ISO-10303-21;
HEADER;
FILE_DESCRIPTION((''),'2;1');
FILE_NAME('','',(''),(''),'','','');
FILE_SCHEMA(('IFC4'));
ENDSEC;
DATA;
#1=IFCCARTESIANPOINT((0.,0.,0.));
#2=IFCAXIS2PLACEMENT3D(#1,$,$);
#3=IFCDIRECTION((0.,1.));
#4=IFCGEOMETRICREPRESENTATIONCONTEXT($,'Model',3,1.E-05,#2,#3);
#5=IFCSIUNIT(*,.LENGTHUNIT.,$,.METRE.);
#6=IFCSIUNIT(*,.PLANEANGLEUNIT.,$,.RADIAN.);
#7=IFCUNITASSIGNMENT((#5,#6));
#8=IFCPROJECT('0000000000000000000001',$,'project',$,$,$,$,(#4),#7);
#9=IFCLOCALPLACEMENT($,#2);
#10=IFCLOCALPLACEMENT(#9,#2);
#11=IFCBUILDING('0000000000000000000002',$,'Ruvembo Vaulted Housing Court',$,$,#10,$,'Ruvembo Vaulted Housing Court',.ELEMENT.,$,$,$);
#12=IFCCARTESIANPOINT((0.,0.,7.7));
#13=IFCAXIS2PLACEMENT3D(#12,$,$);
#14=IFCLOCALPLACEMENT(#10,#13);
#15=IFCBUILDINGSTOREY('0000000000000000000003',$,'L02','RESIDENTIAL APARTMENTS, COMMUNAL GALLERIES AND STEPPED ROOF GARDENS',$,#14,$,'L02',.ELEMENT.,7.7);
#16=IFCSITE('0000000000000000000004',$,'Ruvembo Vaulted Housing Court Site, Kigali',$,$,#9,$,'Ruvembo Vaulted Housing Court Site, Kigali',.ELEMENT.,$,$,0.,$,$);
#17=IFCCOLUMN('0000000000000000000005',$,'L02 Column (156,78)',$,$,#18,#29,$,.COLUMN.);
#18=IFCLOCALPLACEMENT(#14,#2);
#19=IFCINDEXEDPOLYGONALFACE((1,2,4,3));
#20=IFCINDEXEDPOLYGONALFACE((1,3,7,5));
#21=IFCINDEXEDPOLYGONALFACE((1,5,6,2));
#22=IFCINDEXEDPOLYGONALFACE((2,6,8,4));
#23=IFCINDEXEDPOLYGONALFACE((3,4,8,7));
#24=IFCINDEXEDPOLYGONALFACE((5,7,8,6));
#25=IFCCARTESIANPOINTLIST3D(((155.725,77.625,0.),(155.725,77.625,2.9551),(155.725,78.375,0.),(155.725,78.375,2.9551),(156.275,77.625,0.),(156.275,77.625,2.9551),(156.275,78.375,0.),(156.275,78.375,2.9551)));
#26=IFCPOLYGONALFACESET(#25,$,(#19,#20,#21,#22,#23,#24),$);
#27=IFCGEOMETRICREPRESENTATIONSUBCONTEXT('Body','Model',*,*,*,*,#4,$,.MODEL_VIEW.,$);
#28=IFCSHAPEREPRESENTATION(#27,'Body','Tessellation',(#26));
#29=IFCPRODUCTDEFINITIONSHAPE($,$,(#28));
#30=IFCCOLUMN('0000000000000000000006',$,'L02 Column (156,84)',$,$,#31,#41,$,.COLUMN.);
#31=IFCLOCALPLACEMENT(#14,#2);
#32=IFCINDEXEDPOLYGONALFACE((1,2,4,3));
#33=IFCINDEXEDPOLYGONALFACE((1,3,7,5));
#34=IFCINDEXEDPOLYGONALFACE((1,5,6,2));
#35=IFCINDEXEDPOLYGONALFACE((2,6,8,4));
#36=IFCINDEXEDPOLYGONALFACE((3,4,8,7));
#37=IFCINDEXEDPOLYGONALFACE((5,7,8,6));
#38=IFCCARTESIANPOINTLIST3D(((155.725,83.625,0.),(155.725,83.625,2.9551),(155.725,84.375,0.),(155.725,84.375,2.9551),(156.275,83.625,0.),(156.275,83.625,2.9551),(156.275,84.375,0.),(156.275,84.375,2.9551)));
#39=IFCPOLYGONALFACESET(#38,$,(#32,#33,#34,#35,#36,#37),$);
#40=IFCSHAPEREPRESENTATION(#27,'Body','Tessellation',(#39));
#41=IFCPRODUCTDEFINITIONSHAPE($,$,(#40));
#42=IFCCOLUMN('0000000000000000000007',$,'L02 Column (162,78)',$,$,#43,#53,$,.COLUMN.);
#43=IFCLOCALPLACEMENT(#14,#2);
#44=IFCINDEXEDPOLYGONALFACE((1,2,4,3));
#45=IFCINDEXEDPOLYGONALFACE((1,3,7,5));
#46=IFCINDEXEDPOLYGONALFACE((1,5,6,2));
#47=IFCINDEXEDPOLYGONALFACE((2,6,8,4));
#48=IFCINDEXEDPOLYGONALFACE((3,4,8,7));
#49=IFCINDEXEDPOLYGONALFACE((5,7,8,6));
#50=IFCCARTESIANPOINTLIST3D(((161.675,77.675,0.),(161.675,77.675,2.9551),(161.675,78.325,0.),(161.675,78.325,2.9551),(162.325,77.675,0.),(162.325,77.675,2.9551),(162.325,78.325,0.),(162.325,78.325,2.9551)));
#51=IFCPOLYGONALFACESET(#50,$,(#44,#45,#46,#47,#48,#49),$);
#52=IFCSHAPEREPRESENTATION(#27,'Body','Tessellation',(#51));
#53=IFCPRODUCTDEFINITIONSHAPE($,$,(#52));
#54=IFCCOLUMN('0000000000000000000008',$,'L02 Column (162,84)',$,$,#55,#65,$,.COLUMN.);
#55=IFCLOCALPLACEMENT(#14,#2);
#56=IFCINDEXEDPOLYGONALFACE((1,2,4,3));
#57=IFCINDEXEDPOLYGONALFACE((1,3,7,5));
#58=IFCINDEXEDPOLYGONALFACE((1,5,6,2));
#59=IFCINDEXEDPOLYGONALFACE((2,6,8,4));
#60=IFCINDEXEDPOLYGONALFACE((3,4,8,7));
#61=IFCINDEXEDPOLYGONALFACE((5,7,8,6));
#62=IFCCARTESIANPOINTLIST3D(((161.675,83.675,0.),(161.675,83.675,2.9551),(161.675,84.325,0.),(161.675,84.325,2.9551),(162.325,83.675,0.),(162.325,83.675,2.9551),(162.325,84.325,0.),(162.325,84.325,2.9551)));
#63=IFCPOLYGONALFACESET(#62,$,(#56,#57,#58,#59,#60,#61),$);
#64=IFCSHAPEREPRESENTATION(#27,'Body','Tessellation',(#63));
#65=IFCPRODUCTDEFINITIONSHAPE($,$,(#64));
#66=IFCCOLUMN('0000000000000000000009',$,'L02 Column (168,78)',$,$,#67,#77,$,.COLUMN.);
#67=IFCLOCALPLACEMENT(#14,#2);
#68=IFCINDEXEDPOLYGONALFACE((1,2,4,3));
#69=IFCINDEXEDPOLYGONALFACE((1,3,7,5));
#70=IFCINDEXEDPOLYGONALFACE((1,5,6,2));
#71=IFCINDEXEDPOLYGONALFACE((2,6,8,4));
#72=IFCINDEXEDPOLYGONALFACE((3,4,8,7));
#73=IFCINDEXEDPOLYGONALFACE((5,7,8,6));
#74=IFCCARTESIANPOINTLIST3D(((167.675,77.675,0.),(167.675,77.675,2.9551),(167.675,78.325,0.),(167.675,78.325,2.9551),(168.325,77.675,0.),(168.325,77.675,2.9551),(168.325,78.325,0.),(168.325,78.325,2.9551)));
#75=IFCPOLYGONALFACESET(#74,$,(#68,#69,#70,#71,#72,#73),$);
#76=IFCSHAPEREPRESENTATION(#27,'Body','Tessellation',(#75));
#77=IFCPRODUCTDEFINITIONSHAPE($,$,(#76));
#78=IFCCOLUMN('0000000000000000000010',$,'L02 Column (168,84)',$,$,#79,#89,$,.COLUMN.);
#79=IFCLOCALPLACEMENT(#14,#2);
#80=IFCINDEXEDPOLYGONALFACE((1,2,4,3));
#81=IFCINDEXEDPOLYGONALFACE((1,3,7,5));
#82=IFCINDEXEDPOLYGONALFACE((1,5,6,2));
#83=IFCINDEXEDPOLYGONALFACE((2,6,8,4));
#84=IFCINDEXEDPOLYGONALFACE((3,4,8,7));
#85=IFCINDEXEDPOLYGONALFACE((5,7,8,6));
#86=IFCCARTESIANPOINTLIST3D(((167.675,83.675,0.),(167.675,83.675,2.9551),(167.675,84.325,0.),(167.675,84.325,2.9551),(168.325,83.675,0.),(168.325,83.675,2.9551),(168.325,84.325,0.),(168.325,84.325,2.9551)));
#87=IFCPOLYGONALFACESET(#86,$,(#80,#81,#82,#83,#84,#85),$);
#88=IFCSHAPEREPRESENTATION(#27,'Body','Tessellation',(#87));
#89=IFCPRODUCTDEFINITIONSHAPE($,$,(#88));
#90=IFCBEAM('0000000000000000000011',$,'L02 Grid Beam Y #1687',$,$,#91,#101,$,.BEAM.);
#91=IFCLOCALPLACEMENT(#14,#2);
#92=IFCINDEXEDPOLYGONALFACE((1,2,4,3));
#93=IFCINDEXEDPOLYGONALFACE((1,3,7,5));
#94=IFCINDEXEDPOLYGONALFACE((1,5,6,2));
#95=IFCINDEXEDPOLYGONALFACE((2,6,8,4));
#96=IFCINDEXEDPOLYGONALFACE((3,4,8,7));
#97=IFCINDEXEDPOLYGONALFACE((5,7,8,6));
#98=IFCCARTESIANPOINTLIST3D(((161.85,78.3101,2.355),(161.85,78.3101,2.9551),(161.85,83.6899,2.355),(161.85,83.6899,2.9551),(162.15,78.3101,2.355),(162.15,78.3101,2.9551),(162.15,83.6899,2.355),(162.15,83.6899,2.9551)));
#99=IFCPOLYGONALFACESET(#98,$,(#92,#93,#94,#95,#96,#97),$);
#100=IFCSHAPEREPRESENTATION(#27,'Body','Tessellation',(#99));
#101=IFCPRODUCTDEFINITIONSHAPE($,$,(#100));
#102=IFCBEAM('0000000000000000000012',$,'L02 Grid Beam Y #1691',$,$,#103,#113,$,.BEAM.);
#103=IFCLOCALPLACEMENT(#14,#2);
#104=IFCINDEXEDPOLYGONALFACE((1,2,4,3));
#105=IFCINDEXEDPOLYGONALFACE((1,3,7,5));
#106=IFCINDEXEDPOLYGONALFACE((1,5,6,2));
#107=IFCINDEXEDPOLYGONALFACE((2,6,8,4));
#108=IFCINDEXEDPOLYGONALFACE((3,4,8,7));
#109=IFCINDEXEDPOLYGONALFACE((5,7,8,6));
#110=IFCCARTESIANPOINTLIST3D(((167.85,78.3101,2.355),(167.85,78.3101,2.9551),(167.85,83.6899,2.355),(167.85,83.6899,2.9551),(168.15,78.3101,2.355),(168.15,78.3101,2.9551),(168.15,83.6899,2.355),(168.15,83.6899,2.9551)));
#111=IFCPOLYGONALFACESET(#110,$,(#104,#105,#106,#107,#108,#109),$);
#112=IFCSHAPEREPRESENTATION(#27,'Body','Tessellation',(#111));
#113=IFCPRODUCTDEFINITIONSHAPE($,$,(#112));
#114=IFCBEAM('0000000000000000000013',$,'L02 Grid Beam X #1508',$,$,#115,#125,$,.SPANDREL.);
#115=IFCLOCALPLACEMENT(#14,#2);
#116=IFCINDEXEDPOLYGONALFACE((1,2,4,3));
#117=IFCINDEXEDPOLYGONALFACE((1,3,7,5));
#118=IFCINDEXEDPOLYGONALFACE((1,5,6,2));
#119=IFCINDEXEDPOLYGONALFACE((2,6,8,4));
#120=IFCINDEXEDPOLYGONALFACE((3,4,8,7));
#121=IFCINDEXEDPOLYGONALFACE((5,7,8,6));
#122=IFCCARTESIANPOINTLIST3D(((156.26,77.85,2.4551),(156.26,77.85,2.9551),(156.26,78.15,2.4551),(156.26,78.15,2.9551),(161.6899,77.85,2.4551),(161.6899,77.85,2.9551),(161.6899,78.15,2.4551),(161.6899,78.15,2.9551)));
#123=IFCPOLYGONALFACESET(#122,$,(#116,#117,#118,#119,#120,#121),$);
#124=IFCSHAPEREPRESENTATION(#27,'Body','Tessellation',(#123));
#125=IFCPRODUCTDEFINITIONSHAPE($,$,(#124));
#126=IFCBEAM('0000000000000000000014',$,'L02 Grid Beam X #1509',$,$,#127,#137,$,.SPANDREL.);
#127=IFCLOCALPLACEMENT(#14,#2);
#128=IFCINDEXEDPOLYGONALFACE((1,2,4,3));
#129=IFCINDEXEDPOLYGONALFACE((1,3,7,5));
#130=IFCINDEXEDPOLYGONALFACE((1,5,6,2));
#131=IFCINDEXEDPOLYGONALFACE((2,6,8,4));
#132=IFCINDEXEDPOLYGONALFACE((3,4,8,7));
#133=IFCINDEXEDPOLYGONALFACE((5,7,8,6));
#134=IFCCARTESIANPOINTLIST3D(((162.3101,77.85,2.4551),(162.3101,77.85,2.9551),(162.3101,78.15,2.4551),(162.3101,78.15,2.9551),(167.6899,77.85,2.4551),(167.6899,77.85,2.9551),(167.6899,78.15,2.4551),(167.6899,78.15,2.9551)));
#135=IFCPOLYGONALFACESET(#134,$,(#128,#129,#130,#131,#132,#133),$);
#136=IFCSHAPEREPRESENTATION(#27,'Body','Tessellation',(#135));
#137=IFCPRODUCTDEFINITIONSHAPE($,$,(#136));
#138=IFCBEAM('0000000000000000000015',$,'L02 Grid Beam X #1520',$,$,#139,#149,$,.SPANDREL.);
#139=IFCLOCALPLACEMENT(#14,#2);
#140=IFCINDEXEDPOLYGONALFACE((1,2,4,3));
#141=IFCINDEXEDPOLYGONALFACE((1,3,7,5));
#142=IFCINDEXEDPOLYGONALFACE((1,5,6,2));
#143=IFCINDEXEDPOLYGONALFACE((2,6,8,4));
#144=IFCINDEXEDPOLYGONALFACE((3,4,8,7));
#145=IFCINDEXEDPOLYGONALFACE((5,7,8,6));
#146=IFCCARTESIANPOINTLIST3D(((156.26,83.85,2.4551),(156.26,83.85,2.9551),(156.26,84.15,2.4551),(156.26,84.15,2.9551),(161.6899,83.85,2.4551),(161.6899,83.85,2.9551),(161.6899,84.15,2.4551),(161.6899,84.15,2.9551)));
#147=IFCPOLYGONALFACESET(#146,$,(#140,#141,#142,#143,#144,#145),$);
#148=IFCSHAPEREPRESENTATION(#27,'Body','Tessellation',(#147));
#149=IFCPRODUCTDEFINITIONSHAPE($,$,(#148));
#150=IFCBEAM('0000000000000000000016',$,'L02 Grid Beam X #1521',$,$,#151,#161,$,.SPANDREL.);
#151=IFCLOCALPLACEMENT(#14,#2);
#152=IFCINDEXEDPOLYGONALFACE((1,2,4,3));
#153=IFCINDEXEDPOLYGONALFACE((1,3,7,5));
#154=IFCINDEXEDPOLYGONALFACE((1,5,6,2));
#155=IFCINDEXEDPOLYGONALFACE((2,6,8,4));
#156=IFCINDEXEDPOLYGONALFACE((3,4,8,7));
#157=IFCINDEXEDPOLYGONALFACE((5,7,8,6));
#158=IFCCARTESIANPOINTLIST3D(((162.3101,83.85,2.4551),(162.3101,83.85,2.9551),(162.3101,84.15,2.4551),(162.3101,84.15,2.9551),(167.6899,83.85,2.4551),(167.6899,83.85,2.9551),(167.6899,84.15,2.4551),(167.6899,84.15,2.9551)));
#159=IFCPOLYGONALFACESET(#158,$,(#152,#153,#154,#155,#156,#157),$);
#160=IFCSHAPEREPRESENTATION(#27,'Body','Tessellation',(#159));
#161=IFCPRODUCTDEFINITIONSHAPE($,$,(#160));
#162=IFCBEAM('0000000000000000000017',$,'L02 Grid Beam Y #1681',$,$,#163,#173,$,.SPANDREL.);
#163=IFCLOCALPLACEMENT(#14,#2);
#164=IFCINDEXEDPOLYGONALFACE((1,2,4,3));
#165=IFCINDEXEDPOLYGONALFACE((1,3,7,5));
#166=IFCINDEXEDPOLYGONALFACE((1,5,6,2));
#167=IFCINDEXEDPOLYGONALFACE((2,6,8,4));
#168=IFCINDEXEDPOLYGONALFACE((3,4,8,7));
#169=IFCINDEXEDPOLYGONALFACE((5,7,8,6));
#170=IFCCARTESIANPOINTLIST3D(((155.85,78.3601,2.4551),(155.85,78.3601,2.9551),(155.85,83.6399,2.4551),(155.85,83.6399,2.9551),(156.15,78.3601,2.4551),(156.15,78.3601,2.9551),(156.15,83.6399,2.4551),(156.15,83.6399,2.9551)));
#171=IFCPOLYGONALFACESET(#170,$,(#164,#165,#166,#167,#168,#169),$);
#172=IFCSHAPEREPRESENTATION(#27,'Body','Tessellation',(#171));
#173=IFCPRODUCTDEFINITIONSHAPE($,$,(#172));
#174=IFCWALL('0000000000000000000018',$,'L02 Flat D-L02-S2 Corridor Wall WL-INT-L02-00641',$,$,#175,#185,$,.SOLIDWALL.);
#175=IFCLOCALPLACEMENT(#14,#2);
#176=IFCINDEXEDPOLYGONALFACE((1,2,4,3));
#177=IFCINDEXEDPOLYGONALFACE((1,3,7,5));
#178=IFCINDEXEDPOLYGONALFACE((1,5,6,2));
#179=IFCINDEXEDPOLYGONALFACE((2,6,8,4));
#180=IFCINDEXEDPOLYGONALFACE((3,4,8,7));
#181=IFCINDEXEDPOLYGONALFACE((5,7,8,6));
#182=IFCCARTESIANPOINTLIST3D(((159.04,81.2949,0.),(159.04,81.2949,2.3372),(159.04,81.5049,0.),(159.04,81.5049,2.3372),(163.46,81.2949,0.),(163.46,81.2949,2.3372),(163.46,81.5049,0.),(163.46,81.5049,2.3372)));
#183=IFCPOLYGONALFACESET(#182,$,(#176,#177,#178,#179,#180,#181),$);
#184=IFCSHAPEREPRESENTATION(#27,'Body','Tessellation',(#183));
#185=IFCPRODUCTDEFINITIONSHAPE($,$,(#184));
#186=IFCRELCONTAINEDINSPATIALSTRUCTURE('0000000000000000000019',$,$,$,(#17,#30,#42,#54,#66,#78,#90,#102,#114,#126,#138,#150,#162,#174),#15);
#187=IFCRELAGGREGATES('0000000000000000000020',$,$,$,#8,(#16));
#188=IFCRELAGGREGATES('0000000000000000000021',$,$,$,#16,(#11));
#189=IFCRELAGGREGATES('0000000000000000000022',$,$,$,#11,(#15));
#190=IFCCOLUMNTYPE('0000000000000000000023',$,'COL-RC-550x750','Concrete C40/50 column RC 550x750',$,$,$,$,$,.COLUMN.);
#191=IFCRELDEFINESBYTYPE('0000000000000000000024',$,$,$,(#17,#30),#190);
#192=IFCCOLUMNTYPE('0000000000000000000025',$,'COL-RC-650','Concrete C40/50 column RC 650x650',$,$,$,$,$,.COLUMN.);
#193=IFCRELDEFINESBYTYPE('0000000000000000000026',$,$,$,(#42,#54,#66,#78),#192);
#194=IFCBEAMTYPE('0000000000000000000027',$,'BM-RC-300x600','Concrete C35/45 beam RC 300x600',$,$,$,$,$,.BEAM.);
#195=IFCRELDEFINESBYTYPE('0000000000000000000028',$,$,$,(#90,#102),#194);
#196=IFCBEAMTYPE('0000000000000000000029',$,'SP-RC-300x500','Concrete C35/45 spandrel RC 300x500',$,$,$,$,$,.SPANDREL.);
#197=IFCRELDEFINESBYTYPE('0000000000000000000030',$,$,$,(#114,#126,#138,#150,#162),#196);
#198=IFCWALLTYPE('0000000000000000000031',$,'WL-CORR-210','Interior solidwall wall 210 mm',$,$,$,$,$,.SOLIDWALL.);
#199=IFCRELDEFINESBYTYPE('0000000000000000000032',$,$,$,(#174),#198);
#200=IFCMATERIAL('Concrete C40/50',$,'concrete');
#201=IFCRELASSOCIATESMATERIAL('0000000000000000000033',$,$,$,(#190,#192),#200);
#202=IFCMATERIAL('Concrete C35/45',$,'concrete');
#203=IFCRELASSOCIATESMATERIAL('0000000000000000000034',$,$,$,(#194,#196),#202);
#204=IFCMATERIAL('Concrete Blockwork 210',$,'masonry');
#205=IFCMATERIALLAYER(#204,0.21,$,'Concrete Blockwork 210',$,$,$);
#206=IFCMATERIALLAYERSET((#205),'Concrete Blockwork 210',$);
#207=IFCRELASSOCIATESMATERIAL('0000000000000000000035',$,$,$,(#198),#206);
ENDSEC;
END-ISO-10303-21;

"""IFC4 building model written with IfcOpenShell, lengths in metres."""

from ifc_helpers import new_model, si_unit, direction, frame, frame_2d, origin, origin_2d, place, context, subcontext, project, spatial, rectangle, extrude, material, layer, layer_set, material_profile, profile_set, type_object, element, save


model = new_model("IFC4")

# Units and contexts
model_context = context("Model", 3, precision=1e-05, world=origin(), true_north=direction((0.0, 1.0)))
body_context = subcontext(model_context, "Body", "Model", "MODEL_VIEW")
ifc_project = project(units=[si_unit("LENGTHUNIT", "METRE"), si_unit("PLANEANGLEUNIT", "RADIAN")], contexts=[model_context])

# Site, building, storey
site_placement = place(None, origin())
site = spatial("IfcSite", under=ifc_project, at=site_placement, Name="Ruvembo Vaulted Housing Court Site, Kigali", LongName="Ruvembo Vaulted Housing Court Site, Kigali", CompositionType="ELEMENT", RefElevation=0.0)
building_placement = place(site_placement, origin())
building = spatial("IfcBuilding", under=site, at=building_placement, Name="Ruvembo Vaulted Housing Court", LongName="Ruvembo Vaulted Housing Court", CompositionType="ELEMENT")
storey_placement = place(building_placement, frame((0.0, 0.0, 7.7)))
storey = spatial("IfcBuildingStorey", under=building, at=storey_placement, Name="L02", Description="RESIDENTIAL APARTMENTS, COMMUNAL GALLERIES AND STEPPED ROOF GARDENS", LongName="L02", CompositionType="ELEMENT", Elevation=7.7)

# Columns
ifc_material_1 = material(Name="Concrete C40/50", Category="concrete")
ifc_material_profile_1 = material_profile(ifc_material_1, rectangle(XDim=0.55, YDim=0.75, at=origin_2d()), Name="RC 550x750")
ifc_profile_set_1 = profile_set([ifc_material_profile_1], Name="Concrete C40/50")
column_type_1 = type_object("IfcColumnType", Name="COL-RC-550x750", Description="Concrete C40/50 column RC 550x750", PredefinedType="COLUMN", material=ifc_profile_set_1)
for number, where, z_axis, x_axis, name in (
    (1, (156.0, 78.0, 0.0), (0.0, 0.0, 1.0), (1.0, 0.0, 0.0), "L02 Column (156,78)"),
    (2, (156.0, 84.0, 0.0), (0.0, 0.0, 1.0), (1.0, 0.0, 0.0), "L02 Column (156,84)"),
):
    element("IfcColumn", number, at=place(storey_placement, frame(where, z_axis=z_axis, x_axis=x_axis)), inside=storey, type_object=column_type_1, Name=name, PredefinedType="COLUMN", context=body_context, shape_type="SweptSolid", body=[
        extrude(rectangle(XDim=0.55, YDim=0.75, at=origin_2d()), origin(), (0.0, 0.0, 1.0), 2.9551),
    ])
ifc_material_profile_2 = material_profile(ifc_material_1, rectangle(XDim=0.6499, YDim=0.6499, at=origin_2d()), Name="RC 650x650")
ifc_profile_set_2 = profile_set([ifc_material_profile_2], Name="Concrete C40/50")
column_type_2 = type_object("IfcColumnType", Name="COL-RC-650", Description="Concrete C40/50 column RC 650x650", PredefinedType="COLUMN", material=ifc_profile_set_2)
for number, where, z_axis, x_axis, name in (
    (3, (162.0, 78.0, 0.0), (0.0, 0.0, 1.0), (1.0, 0.0, 0.0), "L02 Column (162,78)"),
    (4, (162.0, 84.0, 0.0), (0.0, 0.0, 1.0), (1.0, 0.0, 0.0), "L02 Column (162,84)"),
    (5, (168.0, 78.0, 0.0), (0.0, 0.0, 1.0), (1.0, 0.0, 0.0), "L02 Column (168,78)"),
    (6, (168.0, 84.0, 0.0), (0.0, 0.0, 1.0), (1.0, 0.0, 0.0), "L02 Column (168,84)"),
):
    element("IfcColumn", number, at=place(storey_placement, frame(where, z_axis=z_axis, x_axis=x_axis)), inside=storey, type_object=column_type_2, Name=name, PredefinedType="COLUMN", context=body_context, shape_type="SweptSolid", body=[
        extrude(rectangle(XDim=0.6499, YDim=0.6499, at=origin_2d()), origin(), (0.0, 0.0, 1.0), 2.9551),
    ])

# Beams
ifc_material_2 = material(Name="Concrete C35/45", Category="concrete")
ifc_material_profile_3 = material_profile(ifc_material_2, rectangle(XDim=0.3, YDim=0.6001, at=origin_2d()), Name="RC 300x600")
ifc_profile_set_3 = profile_set([ifc_material_profile_3], Name="Concrete C35/45")
beam_type_1 = type_object("IfcBeamType", Name="BM-RC-300x600", Description="Concrete C35/45 beam RC 300x600", PredefinedType="BEAM", material=ifc_profile_set_3)
for number, where, z_axis, x_axis, name in (
    (7, (162.0, 78.3101, 2.655), (0.0, 1.0, 0.0), (-1.0, 0.0, 0.0), "L02 Grid Beam Y #1687"),
    (8, (168.0, 78.3101, 2.655), (0.0, 1.0, 0.0), (-1.0, 0.0, 0.0), "L02 Grid Beam Y #1691"),
):
    element("IfcBeam", number, at=place(storey_placement, frame(where, z_axis=z_axis, x_axis=x_axis)), inside=storey, type_object=beam_type_1, Name=name, PredefinedType="BEAM", context=body_context, shape_type="SweptSolid", body=[
        extrude(rectangle(XDim=0.3, YDim=0.6001, at=origin_2d()), origin(), (0.0, 0.0, 1.0), 5.3799),
    ])
ifc_material_profile_4 = material_profile(ifc_material_2, rectangle(XDim=0.3, YDim=0.5, at=origin_2d()), Name="RC 300x500")
ifc_profile_set_4 = profile_set([ifc_material_profile_4], Name="Concrete C35/45")
beam_type_2 = type_object("IfcBeamType", Name="SP-RC-300x500", Description="Concrete C35/45 spandrel RC 300x500", PredefinedType="SPANDREL", material=ifc_profile_set_4)
beam_1_placement = place(storey_placement, frame((156.26, 78.0, 2.7051), z_axis=(1.0, 0.0, 0.0), x_axis=(0.0, 1.0, 0.0)))
element("IfcBeam", 9, at=beam_1_placement, inside=storey, type_object=beam_type_2, Name="L02 Grid Beam X #1508", PredefinedType="SPANDREL", context=body_context, shape_type="SweptSolid", body=[
    extrude(rectangle(XDim=0.3, YDim=0.5, at=origin_2d()), origin(), (0.0, 0.0, 1.0), 5.4299),
])
beam_2_placement = place(storey_placement, frame((162.3101, 78.0, 2.7051), z_axis=(1.0, 0.0, 0.0), x_axis=(0.0, 1.0, 0.0)))
element("IfcBeam", 10, at=beam_2_placement, inside=storey, type_object=beam_type_2, Name="L02 Grid Beam X #1509", PredefinedType="SPANDREL", context=body_context, shape_type="SweptSolid", body=[
    extrude(rectangle(XDim=0.3, YDim=0.5, at=origin_2d()), origin(), (0.0, 0.0, 1.0), 5.3799),
])
beam_3_placement = place(storey_placement, frame((156.26, 84.0, 2.7051), z_axis=(1.0, 0.0, 0.0), x_axis=(0.0, 1.0, 0.0)))
element("IfcBeam", 11, at=beam_3_placement, inside=storey, type_object=beam_type_2, Name="L02 Grid Beam X #1520", PredefinedType="SPANDREL", context=body_context, shape_type="SweptSolid", body=[
    extrude(rectangle(XDim=0.3, YDim=0.5, at=origin_2d()), origin(), (0.0, 0.0, 1.0), 5.4299),
])
beam_4_placement = place(storey_placement, frame((162.3101, 84.0, 2.7051), z_axis=(1.0, 0.0, 0.0), x_axis=(0.0, 1.0, 0.0)))
element("IfcBeam", 12, at=beam_4_placement, inside=storey, type_object=beam_type_2, Name="L02 Grid Beam X #1521", PredefinedType="SPANDREL", context=body_context, shape_type="SweptSolid", body=[
    extrude(rectangle(XDim=0.3, YDim=0.5, at=origin_2d()), origin(), (0.0, 0.0, 1.0), 5.3799),
])
beam_5_placement = place(storey_placement, frame((156.0, 78.3601, 2.7051), z_axis=(0.0, 1.0, 0.0), x_axis=(-1.0, 0.0, 0.0)))
element("IfcBeam", 13, at=beam_5_placement, inside=storey, type_object=beam_type_2, Name="L02 Grid Beam Y #1681", PredefinedType="SPANDREL", context=body_context, shape_type="SweptSolid", body=[
    extrude(rectangle(XDim=0.3, YDim=0.5, at=origin_2d()), origin(), (0.0, 0.0, 1.0), 5.2798),
])

# Shared definitions
ifc_material_3 = material(Name="Concrete Blockwork 210", Category="masonry")
ifc_layer_1 = layer(ifc_material_3, 0.21, Name="Concrete Blockwork 210")
ifc_layer_set_1 = layer_set([ifc_layer_1], Name="Concrete Blockwork 210")
wall_type_1 = type_object("IfcWallType", Name="WL-CORR-210", Description="Interior solidwall wall 210 mm", PredefinedType="SOLIDWALL", material=ifc_layer_set_1)

# Wall
wall_1_placement = place(storey_placement, frame((159.04, 81.3999, 0.0), z_axis=(0.0, 0.0, 1.0), x_axis=(1.0, 0.0, 0.0)))
element("IfcWall", 14, at=wall_1_placement, inside=storey, type_object=wall_type_1, Name="L02 Flat D-L02-S2 Corridor Wall WL-INT-L02-00641", PredefinedType="SOLIDWALL", context=body_context, shape_type="SweptSolid", body=[
    extrude(rectangle(XDim=4.4199, YDim=0.21, at=frame_2d((2.21, 0.0))), origin(), (0.0, 0.0, 1.0), 2.3372),
])

save(model, "model.ifc")
